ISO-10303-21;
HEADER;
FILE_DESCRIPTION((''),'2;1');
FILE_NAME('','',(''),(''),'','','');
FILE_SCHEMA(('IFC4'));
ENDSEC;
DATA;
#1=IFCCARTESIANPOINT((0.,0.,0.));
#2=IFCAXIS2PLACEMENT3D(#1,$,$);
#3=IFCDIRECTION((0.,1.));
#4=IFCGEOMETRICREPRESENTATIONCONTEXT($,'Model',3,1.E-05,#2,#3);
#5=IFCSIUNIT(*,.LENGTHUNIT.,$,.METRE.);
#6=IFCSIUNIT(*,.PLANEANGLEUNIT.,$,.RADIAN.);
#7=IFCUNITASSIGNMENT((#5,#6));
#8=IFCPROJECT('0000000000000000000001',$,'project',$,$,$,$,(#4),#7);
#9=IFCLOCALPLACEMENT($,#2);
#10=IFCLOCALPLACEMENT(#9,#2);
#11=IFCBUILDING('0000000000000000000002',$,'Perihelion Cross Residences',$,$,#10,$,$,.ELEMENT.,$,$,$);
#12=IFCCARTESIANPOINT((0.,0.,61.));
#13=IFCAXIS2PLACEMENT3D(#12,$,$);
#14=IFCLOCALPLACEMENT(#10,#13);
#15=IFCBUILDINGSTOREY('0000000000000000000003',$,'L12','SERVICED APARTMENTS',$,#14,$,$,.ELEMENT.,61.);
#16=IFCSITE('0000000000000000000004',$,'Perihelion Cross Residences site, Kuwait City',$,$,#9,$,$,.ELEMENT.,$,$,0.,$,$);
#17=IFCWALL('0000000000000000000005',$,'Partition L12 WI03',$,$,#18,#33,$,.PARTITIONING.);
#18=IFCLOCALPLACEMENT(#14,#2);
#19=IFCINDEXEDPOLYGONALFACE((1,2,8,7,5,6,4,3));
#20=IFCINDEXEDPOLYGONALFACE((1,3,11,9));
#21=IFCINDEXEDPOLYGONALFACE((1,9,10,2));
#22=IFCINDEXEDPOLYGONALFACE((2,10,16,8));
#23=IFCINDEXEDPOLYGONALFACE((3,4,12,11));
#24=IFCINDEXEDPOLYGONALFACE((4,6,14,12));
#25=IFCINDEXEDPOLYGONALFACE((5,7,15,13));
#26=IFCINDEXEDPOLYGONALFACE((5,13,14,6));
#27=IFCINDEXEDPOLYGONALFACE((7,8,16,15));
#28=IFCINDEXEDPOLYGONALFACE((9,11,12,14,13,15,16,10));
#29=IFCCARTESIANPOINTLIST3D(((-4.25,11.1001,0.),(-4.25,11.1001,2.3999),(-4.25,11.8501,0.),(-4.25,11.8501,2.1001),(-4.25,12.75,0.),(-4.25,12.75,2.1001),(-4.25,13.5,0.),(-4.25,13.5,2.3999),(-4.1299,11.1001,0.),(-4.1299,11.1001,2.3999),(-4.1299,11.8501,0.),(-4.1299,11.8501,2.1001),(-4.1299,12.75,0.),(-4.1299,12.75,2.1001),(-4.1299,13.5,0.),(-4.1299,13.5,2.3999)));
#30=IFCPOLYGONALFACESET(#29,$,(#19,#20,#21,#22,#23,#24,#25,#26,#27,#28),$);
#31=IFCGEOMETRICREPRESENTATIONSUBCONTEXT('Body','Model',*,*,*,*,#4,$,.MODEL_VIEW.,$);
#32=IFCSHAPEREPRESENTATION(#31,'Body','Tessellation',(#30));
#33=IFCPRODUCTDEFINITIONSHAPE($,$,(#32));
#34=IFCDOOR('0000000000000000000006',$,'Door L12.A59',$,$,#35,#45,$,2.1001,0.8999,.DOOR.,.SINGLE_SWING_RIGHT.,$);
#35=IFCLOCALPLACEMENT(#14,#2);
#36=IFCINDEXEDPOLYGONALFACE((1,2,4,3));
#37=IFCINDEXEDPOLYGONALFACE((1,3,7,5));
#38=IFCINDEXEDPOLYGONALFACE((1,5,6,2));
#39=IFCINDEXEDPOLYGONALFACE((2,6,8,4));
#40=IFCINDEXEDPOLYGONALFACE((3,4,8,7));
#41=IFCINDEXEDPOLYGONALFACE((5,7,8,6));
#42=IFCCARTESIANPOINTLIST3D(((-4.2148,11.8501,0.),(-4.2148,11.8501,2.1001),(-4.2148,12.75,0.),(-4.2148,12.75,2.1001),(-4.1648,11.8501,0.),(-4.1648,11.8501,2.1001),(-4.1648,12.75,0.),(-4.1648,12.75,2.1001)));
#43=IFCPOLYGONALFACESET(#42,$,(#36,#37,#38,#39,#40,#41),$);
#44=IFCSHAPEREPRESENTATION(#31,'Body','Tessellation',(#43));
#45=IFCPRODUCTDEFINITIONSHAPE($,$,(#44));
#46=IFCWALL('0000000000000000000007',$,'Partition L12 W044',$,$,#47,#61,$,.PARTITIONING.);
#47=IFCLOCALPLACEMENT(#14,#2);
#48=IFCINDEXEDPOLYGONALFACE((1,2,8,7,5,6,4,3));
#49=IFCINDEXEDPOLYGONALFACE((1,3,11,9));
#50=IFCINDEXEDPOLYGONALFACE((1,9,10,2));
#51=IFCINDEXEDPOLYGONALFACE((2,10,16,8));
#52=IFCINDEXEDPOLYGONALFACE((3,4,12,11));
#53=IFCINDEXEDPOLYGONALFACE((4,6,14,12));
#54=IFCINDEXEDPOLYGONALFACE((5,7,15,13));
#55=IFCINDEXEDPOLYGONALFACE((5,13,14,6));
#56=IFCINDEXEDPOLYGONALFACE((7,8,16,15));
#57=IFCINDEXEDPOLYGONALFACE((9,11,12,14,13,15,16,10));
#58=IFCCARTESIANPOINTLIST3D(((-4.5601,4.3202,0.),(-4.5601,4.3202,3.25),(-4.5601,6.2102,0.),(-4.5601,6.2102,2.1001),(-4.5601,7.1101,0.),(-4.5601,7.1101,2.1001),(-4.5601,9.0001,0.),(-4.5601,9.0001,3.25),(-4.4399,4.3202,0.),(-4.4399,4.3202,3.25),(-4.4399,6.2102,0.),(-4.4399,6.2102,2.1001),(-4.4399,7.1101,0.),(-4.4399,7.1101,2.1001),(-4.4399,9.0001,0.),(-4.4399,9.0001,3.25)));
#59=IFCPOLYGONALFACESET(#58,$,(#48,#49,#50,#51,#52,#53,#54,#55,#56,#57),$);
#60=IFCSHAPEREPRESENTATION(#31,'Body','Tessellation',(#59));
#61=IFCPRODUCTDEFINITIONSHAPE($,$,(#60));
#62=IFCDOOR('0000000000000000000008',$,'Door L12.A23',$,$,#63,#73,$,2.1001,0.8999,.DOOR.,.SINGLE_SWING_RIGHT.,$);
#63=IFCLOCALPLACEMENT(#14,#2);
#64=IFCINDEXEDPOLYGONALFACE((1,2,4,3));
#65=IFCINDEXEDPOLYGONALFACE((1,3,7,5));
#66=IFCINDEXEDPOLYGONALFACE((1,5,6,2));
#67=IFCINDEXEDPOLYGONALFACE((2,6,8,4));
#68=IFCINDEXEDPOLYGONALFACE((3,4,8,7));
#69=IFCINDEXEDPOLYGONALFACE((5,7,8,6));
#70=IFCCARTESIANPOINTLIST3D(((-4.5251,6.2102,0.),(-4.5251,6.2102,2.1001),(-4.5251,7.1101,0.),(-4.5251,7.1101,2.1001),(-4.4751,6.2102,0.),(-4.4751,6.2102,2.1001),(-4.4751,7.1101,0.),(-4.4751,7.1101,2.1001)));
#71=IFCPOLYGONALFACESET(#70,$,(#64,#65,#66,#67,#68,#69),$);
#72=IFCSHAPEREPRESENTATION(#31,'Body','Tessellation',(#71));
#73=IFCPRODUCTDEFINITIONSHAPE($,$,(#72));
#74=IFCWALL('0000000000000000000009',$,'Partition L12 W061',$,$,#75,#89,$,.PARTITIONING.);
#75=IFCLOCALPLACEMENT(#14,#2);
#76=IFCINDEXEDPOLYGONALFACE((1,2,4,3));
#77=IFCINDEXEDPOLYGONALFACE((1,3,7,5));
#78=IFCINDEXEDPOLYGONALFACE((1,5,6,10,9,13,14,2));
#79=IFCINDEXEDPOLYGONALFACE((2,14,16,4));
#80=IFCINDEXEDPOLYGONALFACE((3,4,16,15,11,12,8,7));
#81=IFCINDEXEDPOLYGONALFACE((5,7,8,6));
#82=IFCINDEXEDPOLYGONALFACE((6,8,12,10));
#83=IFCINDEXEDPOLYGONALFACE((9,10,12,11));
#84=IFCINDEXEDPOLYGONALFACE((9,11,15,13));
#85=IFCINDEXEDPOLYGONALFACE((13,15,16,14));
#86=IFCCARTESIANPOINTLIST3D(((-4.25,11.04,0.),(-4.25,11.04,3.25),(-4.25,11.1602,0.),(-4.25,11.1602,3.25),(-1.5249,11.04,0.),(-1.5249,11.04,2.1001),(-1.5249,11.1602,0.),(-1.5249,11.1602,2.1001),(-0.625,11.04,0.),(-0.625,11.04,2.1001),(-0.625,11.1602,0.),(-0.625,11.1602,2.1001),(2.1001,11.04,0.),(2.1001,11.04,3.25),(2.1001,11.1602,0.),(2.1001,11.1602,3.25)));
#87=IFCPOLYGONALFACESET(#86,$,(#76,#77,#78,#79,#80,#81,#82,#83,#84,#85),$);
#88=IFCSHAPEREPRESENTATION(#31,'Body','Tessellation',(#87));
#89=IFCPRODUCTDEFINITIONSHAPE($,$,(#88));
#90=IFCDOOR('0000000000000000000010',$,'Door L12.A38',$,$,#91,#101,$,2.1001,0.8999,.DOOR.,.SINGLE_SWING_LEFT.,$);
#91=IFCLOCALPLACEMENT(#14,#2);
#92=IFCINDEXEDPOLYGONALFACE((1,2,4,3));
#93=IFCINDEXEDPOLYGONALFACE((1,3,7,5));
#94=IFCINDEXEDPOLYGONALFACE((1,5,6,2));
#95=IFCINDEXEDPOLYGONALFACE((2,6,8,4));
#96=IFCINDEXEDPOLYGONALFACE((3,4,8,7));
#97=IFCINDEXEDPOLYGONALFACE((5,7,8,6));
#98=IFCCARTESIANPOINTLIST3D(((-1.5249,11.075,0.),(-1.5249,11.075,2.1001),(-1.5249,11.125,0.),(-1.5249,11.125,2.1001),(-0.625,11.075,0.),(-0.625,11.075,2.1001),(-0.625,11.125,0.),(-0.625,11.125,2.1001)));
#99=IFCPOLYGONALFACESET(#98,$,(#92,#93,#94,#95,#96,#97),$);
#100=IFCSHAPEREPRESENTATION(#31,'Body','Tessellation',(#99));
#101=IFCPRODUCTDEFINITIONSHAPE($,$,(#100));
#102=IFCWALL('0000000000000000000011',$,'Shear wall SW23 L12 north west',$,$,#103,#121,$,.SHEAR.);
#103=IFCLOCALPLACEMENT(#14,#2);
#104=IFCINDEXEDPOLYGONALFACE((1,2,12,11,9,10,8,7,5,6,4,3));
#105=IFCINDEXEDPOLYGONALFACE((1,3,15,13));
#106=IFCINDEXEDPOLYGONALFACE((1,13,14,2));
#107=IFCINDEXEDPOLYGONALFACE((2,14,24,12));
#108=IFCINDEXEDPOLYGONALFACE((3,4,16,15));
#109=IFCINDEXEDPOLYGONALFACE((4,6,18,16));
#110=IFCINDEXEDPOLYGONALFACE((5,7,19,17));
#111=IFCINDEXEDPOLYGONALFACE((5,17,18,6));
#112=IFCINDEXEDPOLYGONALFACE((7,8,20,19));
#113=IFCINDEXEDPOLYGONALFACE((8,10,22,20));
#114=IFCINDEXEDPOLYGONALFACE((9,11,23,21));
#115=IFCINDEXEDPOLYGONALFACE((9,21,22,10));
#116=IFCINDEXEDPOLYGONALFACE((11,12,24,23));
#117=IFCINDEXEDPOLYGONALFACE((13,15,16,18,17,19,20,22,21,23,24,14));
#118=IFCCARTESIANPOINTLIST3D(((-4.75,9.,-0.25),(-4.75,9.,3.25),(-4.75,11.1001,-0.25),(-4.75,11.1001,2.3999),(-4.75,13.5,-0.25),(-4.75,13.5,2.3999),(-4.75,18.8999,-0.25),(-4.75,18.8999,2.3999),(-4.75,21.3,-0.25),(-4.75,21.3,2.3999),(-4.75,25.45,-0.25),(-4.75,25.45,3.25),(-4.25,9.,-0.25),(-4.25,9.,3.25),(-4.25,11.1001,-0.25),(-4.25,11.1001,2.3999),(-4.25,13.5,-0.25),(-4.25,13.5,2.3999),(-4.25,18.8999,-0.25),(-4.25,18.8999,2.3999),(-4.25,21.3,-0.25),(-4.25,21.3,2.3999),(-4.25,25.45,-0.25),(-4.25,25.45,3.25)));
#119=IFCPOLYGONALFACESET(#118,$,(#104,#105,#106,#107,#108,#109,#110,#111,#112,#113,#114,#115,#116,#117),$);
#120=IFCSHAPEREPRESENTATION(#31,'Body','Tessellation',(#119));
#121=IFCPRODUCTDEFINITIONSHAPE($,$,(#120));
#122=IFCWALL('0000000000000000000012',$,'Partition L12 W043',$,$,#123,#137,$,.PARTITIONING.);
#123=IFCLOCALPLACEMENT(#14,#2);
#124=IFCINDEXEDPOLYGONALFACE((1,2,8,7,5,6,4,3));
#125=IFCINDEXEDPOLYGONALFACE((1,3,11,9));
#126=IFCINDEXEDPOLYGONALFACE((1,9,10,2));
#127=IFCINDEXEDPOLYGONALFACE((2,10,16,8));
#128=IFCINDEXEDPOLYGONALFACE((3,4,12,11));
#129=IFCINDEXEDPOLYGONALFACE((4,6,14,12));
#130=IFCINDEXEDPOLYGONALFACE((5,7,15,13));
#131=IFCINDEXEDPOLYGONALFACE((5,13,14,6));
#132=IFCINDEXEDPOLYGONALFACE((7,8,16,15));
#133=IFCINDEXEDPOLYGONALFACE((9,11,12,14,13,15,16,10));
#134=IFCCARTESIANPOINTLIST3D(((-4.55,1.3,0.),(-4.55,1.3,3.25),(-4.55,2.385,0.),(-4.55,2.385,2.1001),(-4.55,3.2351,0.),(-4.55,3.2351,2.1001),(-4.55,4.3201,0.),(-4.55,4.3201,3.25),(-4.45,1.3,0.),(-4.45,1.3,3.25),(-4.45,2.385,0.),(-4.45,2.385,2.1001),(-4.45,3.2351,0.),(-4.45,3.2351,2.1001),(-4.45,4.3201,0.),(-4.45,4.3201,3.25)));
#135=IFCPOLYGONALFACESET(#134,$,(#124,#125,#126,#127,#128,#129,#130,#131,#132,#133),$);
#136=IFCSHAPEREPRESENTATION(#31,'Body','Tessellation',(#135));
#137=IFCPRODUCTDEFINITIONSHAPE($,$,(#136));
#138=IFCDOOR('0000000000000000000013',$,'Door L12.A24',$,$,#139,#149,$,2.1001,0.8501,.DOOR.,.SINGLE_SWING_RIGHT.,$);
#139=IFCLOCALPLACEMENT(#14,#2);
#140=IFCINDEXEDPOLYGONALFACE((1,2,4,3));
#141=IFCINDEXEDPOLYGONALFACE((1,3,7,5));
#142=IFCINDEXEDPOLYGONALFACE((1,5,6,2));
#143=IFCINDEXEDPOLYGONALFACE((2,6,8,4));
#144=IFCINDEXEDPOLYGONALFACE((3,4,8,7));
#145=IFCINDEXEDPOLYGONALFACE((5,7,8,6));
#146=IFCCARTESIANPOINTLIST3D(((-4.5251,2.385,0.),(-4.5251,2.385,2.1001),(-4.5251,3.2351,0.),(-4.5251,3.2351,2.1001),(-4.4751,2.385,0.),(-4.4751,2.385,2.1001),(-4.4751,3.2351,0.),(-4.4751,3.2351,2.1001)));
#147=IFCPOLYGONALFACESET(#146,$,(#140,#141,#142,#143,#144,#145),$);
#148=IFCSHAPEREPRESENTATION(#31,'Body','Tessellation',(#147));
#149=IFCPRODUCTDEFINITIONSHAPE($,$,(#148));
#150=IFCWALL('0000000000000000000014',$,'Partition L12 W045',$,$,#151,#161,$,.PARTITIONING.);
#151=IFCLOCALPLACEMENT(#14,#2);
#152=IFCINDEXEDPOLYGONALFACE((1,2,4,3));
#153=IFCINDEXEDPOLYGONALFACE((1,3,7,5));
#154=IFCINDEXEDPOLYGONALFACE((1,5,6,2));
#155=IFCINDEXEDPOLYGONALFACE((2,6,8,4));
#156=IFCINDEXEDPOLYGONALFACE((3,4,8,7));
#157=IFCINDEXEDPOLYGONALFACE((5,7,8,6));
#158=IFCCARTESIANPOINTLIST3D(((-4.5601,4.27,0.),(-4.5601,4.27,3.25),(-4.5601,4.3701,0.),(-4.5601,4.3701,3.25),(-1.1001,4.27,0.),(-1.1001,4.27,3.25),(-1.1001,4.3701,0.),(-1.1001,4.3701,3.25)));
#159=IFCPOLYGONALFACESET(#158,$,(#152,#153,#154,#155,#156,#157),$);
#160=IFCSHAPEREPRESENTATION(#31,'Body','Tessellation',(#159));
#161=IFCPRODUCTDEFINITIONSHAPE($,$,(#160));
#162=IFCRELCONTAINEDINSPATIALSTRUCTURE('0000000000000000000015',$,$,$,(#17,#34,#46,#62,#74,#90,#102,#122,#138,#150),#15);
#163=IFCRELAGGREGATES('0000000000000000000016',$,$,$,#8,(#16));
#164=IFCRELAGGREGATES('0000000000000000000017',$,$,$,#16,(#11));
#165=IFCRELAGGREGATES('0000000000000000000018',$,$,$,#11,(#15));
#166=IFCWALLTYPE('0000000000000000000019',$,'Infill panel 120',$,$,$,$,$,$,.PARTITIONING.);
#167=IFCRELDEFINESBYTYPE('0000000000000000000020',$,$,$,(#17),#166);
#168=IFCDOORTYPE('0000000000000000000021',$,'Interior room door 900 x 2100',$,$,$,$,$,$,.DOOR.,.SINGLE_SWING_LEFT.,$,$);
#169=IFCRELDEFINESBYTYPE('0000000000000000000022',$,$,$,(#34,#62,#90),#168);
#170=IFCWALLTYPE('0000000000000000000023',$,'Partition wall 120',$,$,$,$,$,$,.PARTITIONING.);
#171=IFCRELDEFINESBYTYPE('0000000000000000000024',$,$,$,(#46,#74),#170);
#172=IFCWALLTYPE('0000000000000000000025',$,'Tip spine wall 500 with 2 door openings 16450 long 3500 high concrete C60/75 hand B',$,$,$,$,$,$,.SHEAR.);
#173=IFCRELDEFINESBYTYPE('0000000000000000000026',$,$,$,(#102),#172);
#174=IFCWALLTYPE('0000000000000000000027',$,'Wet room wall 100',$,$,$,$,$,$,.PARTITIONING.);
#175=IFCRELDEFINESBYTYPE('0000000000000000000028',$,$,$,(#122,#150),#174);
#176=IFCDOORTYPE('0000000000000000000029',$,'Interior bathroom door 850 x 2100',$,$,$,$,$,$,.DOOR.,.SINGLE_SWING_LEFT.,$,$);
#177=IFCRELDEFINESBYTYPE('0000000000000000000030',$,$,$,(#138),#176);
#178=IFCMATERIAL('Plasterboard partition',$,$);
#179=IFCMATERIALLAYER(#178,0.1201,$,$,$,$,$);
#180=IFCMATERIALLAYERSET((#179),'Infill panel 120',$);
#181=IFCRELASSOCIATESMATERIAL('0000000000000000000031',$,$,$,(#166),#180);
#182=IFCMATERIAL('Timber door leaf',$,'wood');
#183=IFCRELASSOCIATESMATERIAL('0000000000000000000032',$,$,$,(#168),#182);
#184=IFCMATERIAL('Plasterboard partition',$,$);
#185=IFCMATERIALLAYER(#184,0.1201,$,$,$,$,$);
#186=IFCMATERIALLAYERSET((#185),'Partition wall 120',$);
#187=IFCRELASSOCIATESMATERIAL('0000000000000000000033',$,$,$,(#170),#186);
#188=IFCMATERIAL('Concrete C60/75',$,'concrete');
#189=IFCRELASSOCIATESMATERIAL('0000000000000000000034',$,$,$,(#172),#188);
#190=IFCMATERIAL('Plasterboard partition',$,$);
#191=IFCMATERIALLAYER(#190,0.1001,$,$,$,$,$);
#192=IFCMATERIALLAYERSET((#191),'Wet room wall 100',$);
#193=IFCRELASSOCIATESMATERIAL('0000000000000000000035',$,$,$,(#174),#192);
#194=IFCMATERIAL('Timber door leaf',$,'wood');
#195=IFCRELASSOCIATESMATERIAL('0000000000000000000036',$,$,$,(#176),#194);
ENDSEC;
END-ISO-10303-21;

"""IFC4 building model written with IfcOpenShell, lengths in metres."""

from ifc_helpers import new_model, si_unit, direction, frame, frame_2d, origin, place, context, subcontext, project, spatial, polyline, rectangle, outline, extrude, material, layer, layer_set, material_profile, profile_set, type_object, element, fill, save


model = new_model("IFC4")

# Units and contexts
model_context = context("Model", 3, precision=1e-05, world=origin(), true_north=direction((0.0, 1.0)))
body_context = subcontext(model_context, "Body", "Model", "MODEL_VIEW")
ifc_project = project(units=[si_unit("LENGTHUNIT", "METRE"), si_unit("PLANEANGLEUNIT", "RADIAN")], contexts=[model_context])

# Site, building, storey
site_placement = place(None, origin())
site = spatial("IfcSite", under=ifc_project, at=site_placement, Name="Perihelion Cross Residences site, Kuwait City", CompositionType="ELEMENT", RefElevation=0.0)
building_placement = place(site_placement, origin())
building = spatial("IfcBuilding", under=site, at=building_placement, Name="Perihelion Cross Residences", CompositionType="ELEMENT")
storey_placement = place(building_placement, frame((0.0, 0.0, 61.0)))
storey = spatial("IfcBuildingStorey", under=building, at=storey_placement, Name="L12", Description="SERVICED APARTMENTS", CompositionType="ELEMENT", Elevation=61.0)

# Walls, openings, doors
ifc_material_1 = material(Name="Plasterboard partition")
ifc_layer_1 = layer(ifc_material_1, 0.1201)
ifc_layer_set_1 = layer_set([ifc_layer_1], Name="Infill panel 120")
wall_type_1 = type_object("IfcWallType", Name="Infill panel 120", PredefinedType="PARTITIONING", material=ifc_layer_set_1)
wall_1_placement = place(storey_placement, frame((-4.1899, 11.1001, 0.0), z_axis=(0.0, 0.0, 1.0), x_axis=(0.0, 1.0, 0.0)))
wall_1 = element("IfcWall", 1, at=wall_1_placement, inside=storey, type_object=wall_type_1, Name="Partition L12 WI03", PredefinedType="PARTITIONING", context=body_context, shape_type="SweptSolid", body=[
    extrude(rectangle(XDim=2.3999, YDim=0.1201, at=frame_2d((1.2, 0.0))), origin(), (0.0, 0.0, 1.0), 2.3999),
])
opening_1_placement = place(wall_1_placement, frame((0.75, 0.0, 0.0)))
opening_1 = element("IfcOpeningElement", 2, at=opening_1_placement, cuts=wall_1, PredefinedType="OPENING", context=body_context, shape_type="SweptSolid", body=[
    extrude(rectangle(XDim=0.8999, YDim=2.1001, at=frame_2d((0.45, 1.05))), frame((0.0, 0.0701, 0.0), z_axis=(0.0, -1.0, 0.0), x_axis=(1.0, 0.0, 0.0)), (0.0, 0.0, 1.0), 0.1401),
])
ifc_material_2 = material(Name="Timber door leaf", Category="wood")
door_type_1 = type_object("IfcDoorType", Name="Interior room door 900 x 2100", OperationType="SINGLE_SWING_LEFT", PredefinedType="DOOR", material=ifc_material_2)
door_1_placement = place(opening_1_placement, origin())
door_1 = element("IfcDoor", 3, at=door_1_placement, inside=storey, type_object=door_type_1, Name="Door L12.A59", OperationType="SINGLE_SWING_RIGHT", OverallHeight=2.1001, OverallWidth=0.8999, PredefinedType="DOOR", context=body_context, shape_type="SweptSolid", body=[
    extrude(rectangle(XDim=0.8999, YDim=2.1001, at=frame_2d((0.45, 1.05))), frame((0.0, 0.0249, 0.0), z_axis=(0.0, -1.0, 0.0), x_axis=(1.0, 0.0, 0.0)), (0.0, 0.0, 1.0), 0.05),
])
fill(opening_1, door_1)
ifc_material_3 = material(Name="Plasterboard partition")
ifc_layer_2 = layer(ifc_material_3, 0.1201)
ifc_layer_set_2 = layer_set([ifc_layer_2], Name="Partition wall 120")
wall_type_2 = type_object("IfcWallType", Name="Partition wall 120", PredefinedType="PARTITIONING", material=ifc_layer_set_2)
wall_2_placement = place(storey_placement, frame((-4.5, 9.0, 0.0), z_axis=(0.0, 0.0, 1.0), x_axis=(0.0, -1.0, 0.0)))
wall_2 = element("IfcWall", 4, at=wall_2_placement, inside=storey, type_object=wall_type_2, Name="Partition L12 W044", PredefinedType="PARTITIONING", context=body_context, shape_type="SweptSolid", body=[
    extrude(rectangle(XDim=4.6799, YDim=0.1201, at=frame_2d((2.3398, 0.0))), origin(), (0.0, 0.0, 1.0), 3.25),
])
opening_2_placement = place(wall_2_placement, frame((1.8899, 0.0, 0.0)))
opening_2 = element("IfcOpeningElement", 5, at=opening_2_placement, cuts=wall_2, PredefinedType="OPENING", context=body_context, shape_type="SweptSolid", body=[
    extrude(rectangle(XDim=0.8999, YDim=2.1001, at=frame_2d((0.45, 1.05))), frame((0.0, 0.0701, 0.0), z_axis=(0.0, -1.0, 0.0), x_axis=(1.0, 0.0, 0.0)), (0.0, 0.0, 1.0), 0.1401),
])
door_2_placement = place(opening_2_placement, origin())
door_2 = element("IfcDoor", 6, at=door_2_placement, inside=storey, type_object=door_type_1, Name="Door L12.A23", OperationType="SINGLE_SWING_RIGHT", OverallHeight=2.1001, OverallWidth=0.8999, PredefinedType="DOOR", context=body_context, shape_type="SweptSolid", body=[
    extrude(rectangle(XDim=0.8999, YDim=2.1001, at=frame_2d((0.45, 1.05))), frame((0.0, 0.0249, 0.0), z_axis=(0.0, -1.0, 0.0), x_axis=(1.0, 0.0, 0.0)), (0.0, 0.0, 1.0), 0.05),
])
fill(opening_2, door_2)
wall_3_placement = place(storey_placement, frame((-4.25, 11.1001, 0.0), z_axis=(0.0, 0.0, 1.0), x_axis=(1.0, 0.0, 0.0)))
wall_3 = element("IfcWall", 7, at=wall_3_placement, inside=storey, type_object=wall_type_2, Name="Partition L12 W061", PredefinedType="PARTITIONING", context=body_context, shape_type="SweptSolid", body=[
    extrude(rectangle(XDim=6.3501, YDim=0.1201, at=frame_2d((3.175, 0.0))), origin(), (0.0, 0.0, 1.0), 3.25),
])
opening_3_placement = place(wall_3_placement, frame((2.7251, 0.0, 0.0)))
opening_3 = element("IfcOpeningElement", 8, at=opening_3_placement, cuts=wall_3, PredefinedType="OPENING", context=body_context, shape_type="SweptSolid", body=[
    extrude(rectangle(XDim=0.8999, YDim=2.1001, at=frame_2d((0.45, 1.05))), frame((0.0, 0.0701, 0.0), z_axis=(0.0, -1.0, 0.0), x_axis=(1.0, 0.0, 0.0)), (0.0, 0.0, 1.0), 0.1401),
])
door_3_placement = place(opening_3_placement, origin())
door_3 = element("IfcDoor", 9, at=door_3_placement, inside=storey, type_object=door_type_1, Name="Door L12.A38", OperationType="SINGLE_SWING_LEFT", OverallHeight=2.1001, OverallWidth=0.8999, PredefinedType="DOOR", context=body_context, shape_type="SweptSolid", body=[
    extrude(rectangle(XDim=0.8999, YDim=2.1001, at=frame_2d((0.45, 1.05))), frame((0.0, 0.0249, 0.0), z_axis=(0.0, -1.0, 0.0), x_axis=(1.0, 0.0, 0.0)), (0.0, 0.0, 1.0), 0.05),
])
fill(opening_3, door_3)

# Wall
ifc_material_4 = material(Name="Concrete C60/75", Category="concrete")
ifc_material_profile_1 = material_profile(ifc_material_4, outline(polyline([(0.0, 0.0), (2.1001, 0.0), (2.1001, 2.6499), (4.5, 2.6499), (4.5, 0.0), (9.8999, 0.0), (9.8999, 2.6499), (12.3, 2.6499), (12.3, 0.0), (16.45, 0.0), (16.45, 3.5), (0.0, 3.5), (0.0, 0.0)])), Name="Tip spine wall")
ifc_profile_set_1 = profile_set([ifc_material_profile_1], Name="Concrete C60/75")
wall_type_3 = type_object("IfcWallType", Name="Tip spine wall 500 with 2 door openings 16450 long 3500 high concrete C60/75 hand B", PredefinedType="SHEAR", material=ifc_profile_set_1)
wall_4_placement = place(storey_placement, frame((-4.75, 9.0, -0.25), z_axis=(1.0, 0.0, 0.0), x_axis=(0.0, 1.0, 0.0)))
element("IfcWall", 10, at=wall_4_placement, inside=storey, type_object=wall_type_3, Name="Shear wall SW23 L12 north west", PredefinedType="SHEAR", context=body_context, shape_type="SweptSolid", body=[
    extrude(outline(polyline([(0.0, 0.0), (2.1001, 0.0), (2.1001, 2.6499), (4.5, 2.6499), (4.5, 0.0), (9.8999, 0.0), (9.8999, 2.6499), (12.3, 2.6499), (12.3, 0.0), (16.45, 0.0), (16.45, 3.5), (0.0, 3.5), (0.0, 0.0)])), origin(), (0.0, 0.0, 1.0), 0.5),
])

# Wall, opening, door
ifc_material_5 = material(Name="Plasterboard partition")
ifc_layer_3 = layer(ifc_material_5, 0.1001)
ifc_layer_set_3 = layer_set([ifc_layer_3], Name="Wet room wall 100")
wall_type_4 = type_object("IfcWallType", Name="Wet room wall 100", PredefinedType="PARTITIONING", material=ifc_layer_set_3)
wall_5_placement = place(storey_placement, frame((-4.5, 4.3201, 0.0), z_axis=(0.0, 0.0, 1.0), x_axis=(0.0, -1.0, 0.0)))
wall_5 = element("IfcWall", 11, at=wall_5_placement, inside=storey, type_object=wall_type_4, Name="Partition L12 W043", PredefinedType="PARTITIONING", context=body_context, shape_type="SweptSolid", body=[
    extrude(rectangle(XDim=3.02, YDim=0.1001, at=frame_2d((1.51, 0.0))), origin(), (0.0, 0.0, 1.0), 3.25),
])
opening_4_placement = place(wall_5_placement, frame((1.085, 0.0, 0.0)))
opening_4 = element("IfcOpeningElement", 12, at=opening_4_placement, cuts=wall_5, PredefinedType="OPENING", context=body_context, shape_type="SweptSolid", body=[
    extrude(rectangle(XDim=0.8501, YDim=2.1001, at=frame_2d((0.425, 1.05))), frame((0.0, 0.0601, 0.0), z_axis=(0.0, -1.0, 0.0), x_axis=(1.0, 0.0, 0.0)), (0.0, 0.0, 1.0), 0.1201),
])
ifc_material_6 = material(Name="Timber door leaf", Category="wood")
door_type_2 = type_object("IfcDoorType", Name="Interior bathroom door 850 x 2100", OperationType="SINGLE_SWING_LEFT", PredefinedType="DOOR", material=ifc_material_6)
door_4_placement = place(opening_4_placement, origin())
door_4 = element("IfcDoor", 13, at=door_4_placement, inside=storey, type_object=door_type_2, Name="Door L12.A24", OperationType="SINGLE_SWING_RIGHT", OverallHeight=2.1001, OverallWidth=0.8501, PredefinedType="DOOR", context=body_context, shape_type="SweptSolid", body=[
    extrude(rectangle(XDim=0.8501, YDim=2.1001, at=frame_2d((0.425, 1.05))), frame((0.0, 0.0249, 0.0), z_axis=(0.0, -1.0, 0.0), x_axis=(1.0, 0.0, 0.0)), (0.0, 0.0, 1.0), 0.05),
])
fill(opening_4, door_4)

# Wall
wall_6_placement = place(storey_placement, frame((-4.5601, 4.3201, 0.0), z_axis=(0.0, 0.0, 1.0), x_axis=(1.0, 0.0, 0.0)))
element("IfcWall", 14, at=wall_6_placement, inside=storey, type_object=wall_type_4, Name="Partition L12 W045", PredefinedType="PARTITIONING", context=body_context, shape_type="SweptSolid", body=[
    extrude(rectangle(XDim=3.46, YDim=0.1001, at=frame_2d((1.73, 0.0))), origin(), (0.0, 0.0, 1.0), 3.25),
])

save(model, "model.ifc")
